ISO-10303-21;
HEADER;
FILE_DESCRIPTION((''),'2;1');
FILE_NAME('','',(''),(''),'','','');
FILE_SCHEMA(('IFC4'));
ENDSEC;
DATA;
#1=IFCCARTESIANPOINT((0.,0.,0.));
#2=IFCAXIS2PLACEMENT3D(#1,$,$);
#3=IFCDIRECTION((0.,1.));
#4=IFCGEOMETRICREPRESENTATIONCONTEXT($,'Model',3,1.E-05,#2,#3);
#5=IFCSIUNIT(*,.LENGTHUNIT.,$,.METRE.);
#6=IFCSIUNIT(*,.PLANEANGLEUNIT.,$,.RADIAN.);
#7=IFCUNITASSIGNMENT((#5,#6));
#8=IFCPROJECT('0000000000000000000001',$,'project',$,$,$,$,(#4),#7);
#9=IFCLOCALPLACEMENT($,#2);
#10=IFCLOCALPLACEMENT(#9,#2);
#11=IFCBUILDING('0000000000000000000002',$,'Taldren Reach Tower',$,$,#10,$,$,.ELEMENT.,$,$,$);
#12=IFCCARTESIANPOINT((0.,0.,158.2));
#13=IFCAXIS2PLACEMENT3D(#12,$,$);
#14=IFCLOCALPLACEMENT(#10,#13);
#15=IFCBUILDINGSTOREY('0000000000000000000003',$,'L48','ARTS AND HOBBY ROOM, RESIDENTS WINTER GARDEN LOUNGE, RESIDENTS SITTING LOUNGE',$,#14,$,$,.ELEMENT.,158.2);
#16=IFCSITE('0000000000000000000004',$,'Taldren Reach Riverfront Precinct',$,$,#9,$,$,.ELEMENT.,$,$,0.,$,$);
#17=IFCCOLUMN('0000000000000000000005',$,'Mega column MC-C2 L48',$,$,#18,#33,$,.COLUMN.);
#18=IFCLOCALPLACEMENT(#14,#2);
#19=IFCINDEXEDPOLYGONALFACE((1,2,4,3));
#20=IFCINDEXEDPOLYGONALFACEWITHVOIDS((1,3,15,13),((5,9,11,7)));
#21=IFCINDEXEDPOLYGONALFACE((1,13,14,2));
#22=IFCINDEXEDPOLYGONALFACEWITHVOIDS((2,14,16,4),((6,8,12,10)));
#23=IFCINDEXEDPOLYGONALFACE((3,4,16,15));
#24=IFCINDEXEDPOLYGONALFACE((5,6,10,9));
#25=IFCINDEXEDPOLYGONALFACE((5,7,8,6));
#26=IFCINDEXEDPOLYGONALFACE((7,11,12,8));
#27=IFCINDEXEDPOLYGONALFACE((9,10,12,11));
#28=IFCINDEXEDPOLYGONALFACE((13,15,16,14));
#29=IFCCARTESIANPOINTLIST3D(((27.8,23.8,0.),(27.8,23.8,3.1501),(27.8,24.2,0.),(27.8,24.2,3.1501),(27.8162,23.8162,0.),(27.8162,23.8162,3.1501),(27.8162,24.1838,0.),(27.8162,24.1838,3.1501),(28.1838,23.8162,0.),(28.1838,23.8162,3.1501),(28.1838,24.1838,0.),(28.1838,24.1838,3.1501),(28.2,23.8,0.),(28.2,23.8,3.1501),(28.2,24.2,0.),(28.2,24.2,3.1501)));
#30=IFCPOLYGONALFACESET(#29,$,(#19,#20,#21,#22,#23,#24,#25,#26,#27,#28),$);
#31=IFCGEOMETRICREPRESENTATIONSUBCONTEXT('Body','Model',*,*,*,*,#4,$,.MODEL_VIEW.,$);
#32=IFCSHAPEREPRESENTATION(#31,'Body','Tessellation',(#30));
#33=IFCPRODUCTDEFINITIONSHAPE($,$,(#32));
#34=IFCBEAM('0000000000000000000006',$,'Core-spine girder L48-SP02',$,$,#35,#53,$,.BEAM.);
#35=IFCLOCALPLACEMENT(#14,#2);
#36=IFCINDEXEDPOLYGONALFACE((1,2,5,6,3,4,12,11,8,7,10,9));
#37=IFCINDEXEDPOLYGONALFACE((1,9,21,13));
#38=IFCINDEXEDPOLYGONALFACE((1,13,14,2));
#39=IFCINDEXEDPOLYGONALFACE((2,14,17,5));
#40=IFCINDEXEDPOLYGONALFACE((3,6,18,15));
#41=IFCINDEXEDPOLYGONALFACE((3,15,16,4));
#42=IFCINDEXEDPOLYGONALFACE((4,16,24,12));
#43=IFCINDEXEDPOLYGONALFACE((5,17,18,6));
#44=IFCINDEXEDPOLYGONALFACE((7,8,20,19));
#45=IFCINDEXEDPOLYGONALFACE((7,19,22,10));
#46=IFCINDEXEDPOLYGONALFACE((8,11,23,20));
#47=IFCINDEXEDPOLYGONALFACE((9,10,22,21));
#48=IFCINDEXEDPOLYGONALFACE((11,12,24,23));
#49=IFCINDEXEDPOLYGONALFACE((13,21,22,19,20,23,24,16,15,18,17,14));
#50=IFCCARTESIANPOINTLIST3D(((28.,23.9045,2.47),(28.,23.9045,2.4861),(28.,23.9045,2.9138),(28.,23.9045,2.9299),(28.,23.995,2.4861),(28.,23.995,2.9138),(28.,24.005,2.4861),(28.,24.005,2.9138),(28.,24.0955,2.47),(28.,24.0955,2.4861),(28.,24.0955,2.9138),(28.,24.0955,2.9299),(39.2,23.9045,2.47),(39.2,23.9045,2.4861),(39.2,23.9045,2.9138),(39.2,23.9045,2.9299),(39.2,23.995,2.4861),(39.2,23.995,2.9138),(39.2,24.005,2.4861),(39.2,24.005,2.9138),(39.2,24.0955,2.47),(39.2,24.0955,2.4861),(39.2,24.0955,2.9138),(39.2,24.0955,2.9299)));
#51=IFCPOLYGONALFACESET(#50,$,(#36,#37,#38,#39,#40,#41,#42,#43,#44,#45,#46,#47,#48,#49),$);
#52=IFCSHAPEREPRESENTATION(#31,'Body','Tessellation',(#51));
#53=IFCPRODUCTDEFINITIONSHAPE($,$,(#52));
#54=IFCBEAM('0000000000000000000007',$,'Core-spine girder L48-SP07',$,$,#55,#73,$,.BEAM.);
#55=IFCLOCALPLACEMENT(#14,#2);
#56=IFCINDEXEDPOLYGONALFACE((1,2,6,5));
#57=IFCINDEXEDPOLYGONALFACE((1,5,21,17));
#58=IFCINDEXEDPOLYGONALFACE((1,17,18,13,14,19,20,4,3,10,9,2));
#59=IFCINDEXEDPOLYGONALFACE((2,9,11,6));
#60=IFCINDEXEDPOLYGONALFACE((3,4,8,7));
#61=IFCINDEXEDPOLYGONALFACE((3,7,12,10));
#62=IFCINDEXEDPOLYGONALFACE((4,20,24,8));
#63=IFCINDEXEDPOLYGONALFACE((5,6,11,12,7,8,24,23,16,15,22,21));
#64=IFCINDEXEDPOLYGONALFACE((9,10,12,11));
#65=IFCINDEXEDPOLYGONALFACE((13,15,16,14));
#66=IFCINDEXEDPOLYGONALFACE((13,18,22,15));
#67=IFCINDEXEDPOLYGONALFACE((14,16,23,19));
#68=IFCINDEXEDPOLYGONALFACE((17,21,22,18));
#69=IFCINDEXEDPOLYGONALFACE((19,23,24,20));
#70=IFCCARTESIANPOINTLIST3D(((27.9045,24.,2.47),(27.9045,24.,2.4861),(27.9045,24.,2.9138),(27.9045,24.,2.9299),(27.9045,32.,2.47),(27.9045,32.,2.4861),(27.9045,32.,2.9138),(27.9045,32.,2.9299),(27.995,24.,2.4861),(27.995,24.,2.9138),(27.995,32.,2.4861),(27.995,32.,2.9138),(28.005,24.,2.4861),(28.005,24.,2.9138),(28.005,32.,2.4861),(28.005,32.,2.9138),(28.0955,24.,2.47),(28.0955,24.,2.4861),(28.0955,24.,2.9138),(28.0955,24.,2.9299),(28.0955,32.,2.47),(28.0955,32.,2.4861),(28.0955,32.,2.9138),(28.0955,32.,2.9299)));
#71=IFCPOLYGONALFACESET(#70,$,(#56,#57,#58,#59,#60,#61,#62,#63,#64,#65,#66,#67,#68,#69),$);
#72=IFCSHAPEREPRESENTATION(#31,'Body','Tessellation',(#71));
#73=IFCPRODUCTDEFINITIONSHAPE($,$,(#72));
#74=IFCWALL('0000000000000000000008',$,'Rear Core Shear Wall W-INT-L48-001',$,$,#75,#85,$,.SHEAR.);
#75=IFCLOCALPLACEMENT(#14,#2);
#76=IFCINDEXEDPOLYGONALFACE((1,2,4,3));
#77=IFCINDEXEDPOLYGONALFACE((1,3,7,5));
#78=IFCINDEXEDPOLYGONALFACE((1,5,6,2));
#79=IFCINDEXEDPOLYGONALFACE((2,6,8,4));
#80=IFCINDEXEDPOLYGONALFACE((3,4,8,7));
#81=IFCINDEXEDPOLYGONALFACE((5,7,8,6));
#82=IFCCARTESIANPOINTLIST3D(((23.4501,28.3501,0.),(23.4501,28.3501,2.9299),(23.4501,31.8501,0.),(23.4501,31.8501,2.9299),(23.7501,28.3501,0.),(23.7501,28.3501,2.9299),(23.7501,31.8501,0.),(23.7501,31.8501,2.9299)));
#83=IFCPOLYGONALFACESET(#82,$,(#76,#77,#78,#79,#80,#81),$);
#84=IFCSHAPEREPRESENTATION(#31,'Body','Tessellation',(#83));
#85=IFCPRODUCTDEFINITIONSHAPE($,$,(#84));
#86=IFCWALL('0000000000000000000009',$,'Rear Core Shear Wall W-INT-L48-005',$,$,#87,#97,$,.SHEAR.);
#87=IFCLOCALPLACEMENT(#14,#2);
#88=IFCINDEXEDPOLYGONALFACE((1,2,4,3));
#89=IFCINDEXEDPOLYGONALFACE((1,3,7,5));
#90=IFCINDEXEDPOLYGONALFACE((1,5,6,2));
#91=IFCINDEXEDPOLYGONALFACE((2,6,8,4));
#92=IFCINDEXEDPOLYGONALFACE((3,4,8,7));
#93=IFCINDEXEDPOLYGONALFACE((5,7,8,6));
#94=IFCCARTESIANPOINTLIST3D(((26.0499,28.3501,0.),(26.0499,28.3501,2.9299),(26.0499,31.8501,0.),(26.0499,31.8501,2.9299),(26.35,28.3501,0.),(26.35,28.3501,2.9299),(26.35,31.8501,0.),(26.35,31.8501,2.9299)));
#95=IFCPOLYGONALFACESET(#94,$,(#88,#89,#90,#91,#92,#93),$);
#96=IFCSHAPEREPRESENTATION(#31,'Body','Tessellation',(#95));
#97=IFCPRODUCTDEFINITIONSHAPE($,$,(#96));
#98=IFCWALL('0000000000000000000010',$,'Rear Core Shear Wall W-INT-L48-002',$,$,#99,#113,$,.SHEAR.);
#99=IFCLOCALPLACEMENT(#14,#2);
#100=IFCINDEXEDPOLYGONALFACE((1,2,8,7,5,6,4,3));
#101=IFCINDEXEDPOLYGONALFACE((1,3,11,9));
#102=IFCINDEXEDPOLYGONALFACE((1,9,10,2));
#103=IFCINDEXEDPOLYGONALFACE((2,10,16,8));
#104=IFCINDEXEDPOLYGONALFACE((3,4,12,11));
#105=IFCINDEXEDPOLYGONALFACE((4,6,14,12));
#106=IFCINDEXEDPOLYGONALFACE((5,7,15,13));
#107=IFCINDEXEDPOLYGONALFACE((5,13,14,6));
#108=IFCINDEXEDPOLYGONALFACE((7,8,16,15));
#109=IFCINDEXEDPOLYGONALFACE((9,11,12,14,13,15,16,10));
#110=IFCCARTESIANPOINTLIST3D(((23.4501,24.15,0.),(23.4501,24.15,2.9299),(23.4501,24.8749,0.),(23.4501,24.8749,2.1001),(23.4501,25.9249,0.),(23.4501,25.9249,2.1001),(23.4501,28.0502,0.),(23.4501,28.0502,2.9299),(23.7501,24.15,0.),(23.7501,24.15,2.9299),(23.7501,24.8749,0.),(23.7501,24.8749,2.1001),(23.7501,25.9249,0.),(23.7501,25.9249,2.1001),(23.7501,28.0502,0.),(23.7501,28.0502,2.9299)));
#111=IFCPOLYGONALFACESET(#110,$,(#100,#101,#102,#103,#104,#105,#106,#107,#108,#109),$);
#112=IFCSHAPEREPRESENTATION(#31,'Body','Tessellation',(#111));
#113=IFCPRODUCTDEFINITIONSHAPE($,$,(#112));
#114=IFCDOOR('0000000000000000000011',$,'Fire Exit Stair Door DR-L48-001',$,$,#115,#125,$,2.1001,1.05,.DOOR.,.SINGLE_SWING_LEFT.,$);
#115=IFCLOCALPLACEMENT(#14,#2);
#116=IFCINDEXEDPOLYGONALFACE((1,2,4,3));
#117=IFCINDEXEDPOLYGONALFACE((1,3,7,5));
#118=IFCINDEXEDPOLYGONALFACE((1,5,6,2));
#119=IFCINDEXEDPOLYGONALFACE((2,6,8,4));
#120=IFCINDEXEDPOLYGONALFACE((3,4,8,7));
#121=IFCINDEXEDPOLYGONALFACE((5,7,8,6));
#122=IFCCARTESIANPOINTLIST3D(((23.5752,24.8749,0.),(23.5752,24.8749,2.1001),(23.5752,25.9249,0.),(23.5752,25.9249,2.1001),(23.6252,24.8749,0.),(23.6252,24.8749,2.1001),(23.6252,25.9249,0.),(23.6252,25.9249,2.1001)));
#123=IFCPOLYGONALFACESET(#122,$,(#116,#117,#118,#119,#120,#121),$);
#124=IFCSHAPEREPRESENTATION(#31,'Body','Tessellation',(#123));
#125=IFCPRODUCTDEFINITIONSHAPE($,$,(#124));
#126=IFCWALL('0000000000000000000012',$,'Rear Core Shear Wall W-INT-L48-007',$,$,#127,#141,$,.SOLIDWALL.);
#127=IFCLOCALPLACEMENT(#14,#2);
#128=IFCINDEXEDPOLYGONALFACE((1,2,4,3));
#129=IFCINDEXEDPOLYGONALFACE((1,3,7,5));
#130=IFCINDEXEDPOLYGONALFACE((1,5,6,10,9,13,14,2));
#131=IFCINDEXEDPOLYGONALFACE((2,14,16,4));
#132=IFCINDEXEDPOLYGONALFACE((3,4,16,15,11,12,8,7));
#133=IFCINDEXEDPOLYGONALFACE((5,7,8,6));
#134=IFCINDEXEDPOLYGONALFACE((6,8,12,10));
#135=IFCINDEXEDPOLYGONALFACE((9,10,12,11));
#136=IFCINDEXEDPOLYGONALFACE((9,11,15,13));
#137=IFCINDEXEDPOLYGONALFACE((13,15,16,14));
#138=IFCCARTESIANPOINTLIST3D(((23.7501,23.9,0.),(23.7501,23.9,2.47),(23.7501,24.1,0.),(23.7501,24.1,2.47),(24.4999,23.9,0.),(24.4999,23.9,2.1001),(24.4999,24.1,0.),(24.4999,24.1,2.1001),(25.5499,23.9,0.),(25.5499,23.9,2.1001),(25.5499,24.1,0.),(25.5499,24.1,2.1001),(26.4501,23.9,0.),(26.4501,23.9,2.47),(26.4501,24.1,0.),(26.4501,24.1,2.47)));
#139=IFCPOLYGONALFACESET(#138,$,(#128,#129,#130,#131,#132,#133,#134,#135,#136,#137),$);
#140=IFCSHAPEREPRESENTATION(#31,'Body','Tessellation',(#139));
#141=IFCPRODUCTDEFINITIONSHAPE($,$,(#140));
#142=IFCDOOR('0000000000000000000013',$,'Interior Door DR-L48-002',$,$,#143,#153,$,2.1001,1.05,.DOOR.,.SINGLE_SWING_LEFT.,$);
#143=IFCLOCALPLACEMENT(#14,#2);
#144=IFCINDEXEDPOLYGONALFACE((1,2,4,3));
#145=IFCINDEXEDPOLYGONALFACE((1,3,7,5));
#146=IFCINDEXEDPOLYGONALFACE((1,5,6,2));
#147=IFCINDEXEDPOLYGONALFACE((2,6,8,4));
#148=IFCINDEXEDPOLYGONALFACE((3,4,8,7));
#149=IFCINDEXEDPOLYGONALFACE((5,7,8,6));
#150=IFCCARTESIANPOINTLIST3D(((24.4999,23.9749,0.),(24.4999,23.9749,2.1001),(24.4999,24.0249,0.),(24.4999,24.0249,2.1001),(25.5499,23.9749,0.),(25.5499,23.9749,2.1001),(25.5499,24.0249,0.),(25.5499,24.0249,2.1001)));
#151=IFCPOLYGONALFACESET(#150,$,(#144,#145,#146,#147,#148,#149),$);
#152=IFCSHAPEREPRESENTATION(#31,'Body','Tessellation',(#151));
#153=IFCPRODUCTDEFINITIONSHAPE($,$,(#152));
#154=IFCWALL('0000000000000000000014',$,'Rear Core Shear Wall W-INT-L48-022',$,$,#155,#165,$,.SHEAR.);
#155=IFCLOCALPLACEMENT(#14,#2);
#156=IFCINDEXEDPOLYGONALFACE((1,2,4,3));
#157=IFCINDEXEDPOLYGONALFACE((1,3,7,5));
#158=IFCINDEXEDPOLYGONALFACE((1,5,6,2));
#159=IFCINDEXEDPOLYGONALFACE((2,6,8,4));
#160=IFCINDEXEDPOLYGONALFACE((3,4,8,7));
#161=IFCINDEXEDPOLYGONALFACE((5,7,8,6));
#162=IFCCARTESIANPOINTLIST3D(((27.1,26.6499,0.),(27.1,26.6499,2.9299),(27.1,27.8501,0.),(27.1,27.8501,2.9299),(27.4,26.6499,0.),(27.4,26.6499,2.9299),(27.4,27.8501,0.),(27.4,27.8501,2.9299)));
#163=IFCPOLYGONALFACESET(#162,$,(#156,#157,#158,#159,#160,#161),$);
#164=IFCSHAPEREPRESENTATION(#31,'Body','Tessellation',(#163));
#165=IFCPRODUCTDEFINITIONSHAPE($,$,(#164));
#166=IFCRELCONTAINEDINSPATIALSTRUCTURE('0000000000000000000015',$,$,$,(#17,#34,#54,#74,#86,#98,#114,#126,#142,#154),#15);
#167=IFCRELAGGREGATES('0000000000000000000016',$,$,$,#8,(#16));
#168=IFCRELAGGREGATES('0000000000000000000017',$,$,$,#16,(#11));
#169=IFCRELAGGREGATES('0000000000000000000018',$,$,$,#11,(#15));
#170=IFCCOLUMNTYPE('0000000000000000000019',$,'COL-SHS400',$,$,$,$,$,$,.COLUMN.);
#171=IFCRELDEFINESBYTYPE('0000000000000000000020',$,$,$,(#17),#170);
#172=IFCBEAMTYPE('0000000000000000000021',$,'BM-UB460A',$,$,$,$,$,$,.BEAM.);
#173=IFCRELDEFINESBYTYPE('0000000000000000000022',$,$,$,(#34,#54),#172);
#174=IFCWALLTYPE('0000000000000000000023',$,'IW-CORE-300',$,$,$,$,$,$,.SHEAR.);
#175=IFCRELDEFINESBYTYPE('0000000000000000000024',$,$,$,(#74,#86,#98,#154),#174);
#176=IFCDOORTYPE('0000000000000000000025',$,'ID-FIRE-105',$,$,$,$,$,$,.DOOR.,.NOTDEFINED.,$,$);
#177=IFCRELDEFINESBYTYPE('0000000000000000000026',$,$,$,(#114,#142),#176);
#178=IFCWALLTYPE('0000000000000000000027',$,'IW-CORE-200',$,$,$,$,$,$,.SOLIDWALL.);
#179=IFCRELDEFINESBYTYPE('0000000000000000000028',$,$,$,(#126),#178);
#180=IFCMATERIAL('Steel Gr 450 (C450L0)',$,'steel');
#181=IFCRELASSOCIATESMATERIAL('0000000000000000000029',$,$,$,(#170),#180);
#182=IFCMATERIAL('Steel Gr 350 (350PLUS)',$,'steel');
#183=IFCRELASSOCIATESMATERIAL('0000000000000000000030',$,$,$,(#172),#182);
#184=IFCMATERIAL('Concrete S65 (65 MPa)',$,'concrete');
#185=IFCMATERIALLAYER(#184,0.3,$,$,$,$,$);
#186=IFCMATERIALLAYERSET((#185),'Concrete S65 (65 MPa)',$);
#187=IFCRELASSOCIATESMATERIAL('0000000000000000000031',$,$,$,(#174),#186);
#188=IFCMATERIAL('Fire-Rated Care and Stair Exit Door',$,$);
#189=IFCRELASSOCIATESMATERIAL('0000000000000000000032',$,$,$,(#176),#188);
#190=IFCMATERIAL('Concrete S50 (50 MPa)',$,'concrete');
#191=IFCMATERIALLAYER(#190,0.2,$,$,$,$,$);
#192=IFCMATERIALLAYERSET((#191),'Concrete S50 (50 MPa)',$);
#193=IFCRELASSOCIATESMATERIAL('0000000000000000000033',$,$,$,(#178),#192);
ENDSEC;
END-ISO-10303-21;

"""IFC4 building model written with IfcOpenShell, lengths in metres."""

from ifc_helpers import new_model, si_unit, direction, frame, frame_2d, origin, origin_2d, place, context, subcontext, project, spatial, rectangle, hollow_rectangle, i_section, extrude, source, transform, mapped, material, layer, layer_set, material_profile, profile_set, type_object, element, fill, save


model = new_model("IFC4")

# Units and contexts
model_context = context("Model", 3, precision=1e-05, world=origin(), true_north=direction((0.0, 1.0)))
body_context = subcontext(model_context, "Body", "Model", "MODEL_VIEW")
ifc_project = project(units=[si_unit("LENGTHUNIT", "METRE"), si_unit("PLANEANGLEUNIT", "RADIAN")], contexts=[model_context])

# Site, building, storey
site_placement = place(None, origin())
site = spatial("IfcSite", under=ifc_project, at=site_placement, Name="Taldren Reach Riverfront Precinct", CompositionType="ELEMENT", RefElevation=0.0)
building_placement = place(site_placement, origin())
building = spatial("IfcBuilding", under=site, at=building_placement, Name="Taldren Reach Tower", CompositionType="ELEMENT")
storey_placement = place(building_placement, frame((0.0, 0.0, 158.2)))
storey = spatial("IfcBuildingStorey", under=building, at=storey_placement, Name="L48", Description="ARTS AND HOBBY ROOM, RESIDENTS WINTER GARDEN LOUNGE, RESIDENTS SITTING LOUNGE", CompositionType="ELEMENT", Elevation=158.2)

# Column
ifc_material_1 = material(Name="Steel Gr 450 (C450L0)", Category="steel")
ifc_material_profile_1 = material_profile(ifc_material_1, hollow_rectangle(XDim=0.3999, YDim=0.3999, WallThickness=0.0161, at=origin_2d()), Name="400x400x16.0SHS")
ifc_profile_set_1 = profile_set([ifc_material_profile_1], Name="Steel Gr 450 (C450L0)")
column_type = type_object("IfcColumnType", Name="COL-SHS400", PredefinedType="COLUMN", material=ifc_profile_set_1)
shared_shape_1 = source(origin(), body_context, "Body", "SweptSolid", [
    extrude(hollow_rectangle(XDim=0.3999, YDim=0.3999, WallThickness=0.0161, at=origin_2d()), origin(), (0.0, 0.0, 1.0), 3.1501),
])
column_placement = place(storey_placement, frame((28.0, 24.0, 0.0), z_axis=(0.0, 0.0, 1.0), x_axis=(1.0, 0.0, 0.0)))
element("IfcColumn", 1, at=column_placement, inside=storey, type_object=column_type, Name="Mega column MC-C2 L48", PredefinedType="COLUMN", context=body_context, shape_type="MappedRepresentation", body=[
    mapped(shared_shape_1, transform((0.0, 0.0, 0.0), scale=1.0)),
])

# Beams
ifc_material_2 = material(Name="Steel Gr 350 (350PLUS)", Category="steel")
ifc_material_profile_2 = material_profile(ifc_material_2, i_section(OverallWidth=0.1909, OverallDepth=0.46, WebThickness=0.01, FlangeThickness=0.0161, at=origin_2d()), Name="460UB82.1")
ifc_profile_set_2 = profile_set([ifc_material_profile_2], Name="Steel Gr 350 (350PLUS)")
beam_type = type_object("IfcBeamType", Name="BM-UB460A", PredefinedType="BEAM", material=ifc_profile_set_2)
shared_shape_2 = source(origin(), body_context, "Body", "SweptSolid", [
    extrude(i_section(OverallWidth=0.1909, OverallDepth=0.46, WebThickness=0.01, FlangeThickness=0.0161, at=origin_2d()), origin(), (0.0, 0.0, 1.0), 11.2),
])
beam_1_placement = place(storey_placement, frame((28.0, 24.0, 2.7), z_axis=(1.0, 0.0, 0.0), x_axis=(0.0, 1.0, 0.0)))
element("IfcBeam", 2, at=beam_1_placement, inside=storey, type_object=beam_type, Name="Core-spine girder L48-SP02", PredefinedType="BEAM", context=body_context, shape_type="MappedRepresentation", body=[
    mapped(shared_shape_2, transform((0.0, 0.0, 0.0), scale=1.0)),
])
shared_shape_3 = source(origin(), body_context, "Body", "SweptSolid", [
    extrude(i_section(OverallWidth=0.1909, OverallDepth=0.46, WebThickness=0.01, FlangeThickness=0.0161, at=origin_2d()), origin(), (0.0, 0.0, 1.0), 8.0),
])
beam_2_placement = place(storey_placement, frame((28.0, 24.0, 2.7), z_axis=(0.0, 1.0, 0.0), x_axis=(-1.0, 0.0, 0.0)))
element("IfcBeam", 3, at=beam_2_placement, inside=storey, type_object=beam_type, Name="Core-spine girder L48-SP07", PredefinedType="BEAM", context=body_context, shape_type="MappedRepresentation", body=[
    mapped(shared_shape_3, transform((0.0, 0.0, 0.0), scale=1.0)),
])

# Walls
ifc_material_3 = material(Name="Concrete S65 (65 MPa)", Category="concrete")
ifc_layer_1 = layer(ifc_material_3, 0.3)
ifc_layer_set_1 = layer_set([ifc_layer_1], Name="Concrete S65 (65 MPa)")
wall_type_1 = type_object("IfcWallType", Name="IW-CORE-300", PredefinedType="SHEAR", material=ifc_layer_set_1)
shared_shape_4 = source(origin(), body_context, "Body", "SweptSolid", [
    extrude(rectangle(XDim=3.5, YDim=0.3, at=frame_2d((1.75, 0.0))), origin(), (0.0, 0.0, 1.0), 2.9299),
])
for number, where, z_axis, x_axis, name in (
    (4, (23.6001, 28.3501, 0.0), (0.0, 0.0, 1.0), (0.0, 1.0, 0.0), "Rear Core Shear Wall W-INT-L48-001"),
    (5, (26.2, 28.3501, 0.0), (0.0, 0.0, 1.0), (0.0, 1.0, 0.0), "Rear Core Shear Wall W-INT-L48-005"),
):
    element("IfcWall", number, at=place(storey_placement, frame(where, z_axis=z_axis, x_axis=x_axis)), inside=storey, type_object=wall_type_1, Name=name, PredefinedType="SHEAR", context=body_context, shape_type="MappedRepresentation", body=[
        mapped(shared_shape_4, transform((0.0, 0.0, 0.0), scale=1.0)),
    ])

# Walls, openings, doors
shared_shape_5 = source(origin(), body_context, "Body", "SweptSolid", [
    extrude(rectangle(XDim=3.9001, YDim=0.3, at=frame_2d((1.9502, 0.0))), origin(), (0.0, 0.0, 1.0), 2.9299),
])
wall_1_placement = place(storey_placement, frame((23.6001, 24.1499, 0.0), z_axis=(0.0, 0.0, 1.0), x_axis=(0.0, 1.0, 0.0)))
wall_1 = element("IfcWall", 6, at=wall_1_placement, inside=storey, type_object=wall_type_1, Name="Rear Core Shear Wall W-INT-L48-002", PredefinedType="SHEAR", context=body_context, shape_type="MappedRepresentation", body=[
    mapped(shared_shape_5, transform((0.0, 0.0, 0.0), scale=1.0)),
])
shared_shape_6 = source(origin(), body_context, "Body", "SweptSolid", [
    extrude(rectangle(XDim=1.05, YDim=2.1001, at=frame_2d((0.5249, 1.05))), frame((0.0, 0.1602, 0.0), z_axis=(0.0, -1.0, 0.0), x_axis=(1.0, 0.0, 0.0)), (0.0, 0.0, 1.0), 0.3201),
])
opening_1_placement = place(wall_1_placement, frame((0.7251, 0.0, 0.0)))
opening_1 = element("IfcOpeningElement", 7, at=opening_1_placement, cuts=wall_1, PredefinedType="OPENING", context=body_context, shape_type="MappedRepresentation", body=[
    mapped(shared_shape_6, transform((0.0, 0.0, 0.0), scale=1.0)),
])
ifc_material_4 = material(Name="Fire-Rated Care and Stair Exit Door")
door_type_1 = type_object("IfcDoorType", Name="ID-FIRE-105", OperationType="NOTDEFINED", PredefinedType="DOOR", material=ifc_material_4)
shared_shape_7 = source(origin(), body_context, "Body", "SweptSolid", [
    extrude(rectangle(XDim=1.05, YDim=2.1001, at=frame_2d((0.5249, 1.05))), frame((0.0, 0.0249, 0.0), z_axis=(0.0, -1.0, 0.0), x_axis=(1.0, 0.0, 0.0)), (0.0, 0.0, 1.0), 0.05),
])
door_1_placement = place(opening_1_placement, origin())
door_1 = element("IfcDoor", 8, at=door_1_placement, inside=storey, type_object=door_type_1, Name="Fire Exit Stair Door DR-L48-001", OperationType="SINGLE_SWING_LEFT", OverallHeight=2.1001, OverallWidth=1.05, PredefinedType="DOOR", context=body_context, shape_type="MappedRepresentation", body=[
    mapped(shared_shape_7, transform((0.0, 0.0, 0.0), scale=1.0)),
])
fill(opening_1, door_1)
ifc_material_5 = material(Name="Concrete S50 (50 MPa)", Category="concrete")
ifc_layer_2 = layer(ifc_material_5, 0.2)
ifc_layer_set_2 = layer_set([ifc_layer_2], Name="Concrete S50 (50 MPa)")
wall_type_2 = type_object("IfcWallType", Name="IW-CORE-200", PredefinedType="SOLIDWALL", material=ifc_layer_set_2)
shared_shape_8 = source(origin(), body_context, "Body", "SweptSolid", [
    extrude(rectangle(XDim=2.7, YDim=0.2, at=frame_2d((1.3501, 0.0))), origin(), (0.0, 0.0, 1.0), 2.47),
])
wall_2_placement = place(storey_placement, frame((23.75, 24.0, 0.0), z_axis=(0.0, 0.0, 1.0), x_axis=(1.0, 0.0, 0.0)))
wall_2 = element("IfcWall", 9, at=wall_2_placement, inside=storey, type_object=wall_type_2, Name="Rear Core Shear Wall W-INT-L48-007", PredefinedType="SOLIDWALL", context=body_context, shape_type="MappedRepresentation", body=[
    mapped(shared_shape_8, transform((0.0, 0.0, 0.0), scale=1.0)),
])
shared_shape_9 = source(origin(), body_context, "Body", "SweptSolid", [
    extrude(rectangle(XDim=1.05, YDim=2.1001, at=frame_2d((0.5249, 1.05))), frame((0.0, 0.1099, 0.0), z_axis=(0.0, -1.0, 0.0), x_axis=(1.0, 0.0, 0.0)), (0.0, 0.0, 1.0), 0.22),
])
opening_2_placement = place(wall_2_placement, frame((0.75, 0.0, 0.0)))
opening_2 = element("IfcOpeningElement", 10, at=opening_2_placement, cuts=wall_2, PredefinedType="OPENING", context=body_context, shape_type="MappedRepresentation", body=[
    mapped(shared_shape_9, transform((0.0, 0.0, 0.0), scale=1.0)),
])
door_2_placement = place(opening_2_placement, origin())
door_2 = element("IfcDoor", 11, at=door_2_placement, inside=storey, type_object=door_type_1, Name="Interior Door DR-L48-002", OperationType="SINGLE_SWING_LEFT", OverallHeight=2.1001, OverallWidth=1.05, PredefinedType="DOOR", context=body_context, shape_type="MappedRepresentation", body=[
    mapped(shared_shape_7, transform((0.0, 0.0, 0.0), scale=1.0)),
])
fill(opening_2, door_2)

# Wall
shared_shape_10 = source(origin(), body_context, "Body", "SweptSolid", [
    extrude(rectangle(XDim=1.2002, YDim=0.3, at=frame_2d((0.6001, 0.0))), origin(), (0.0, 0.0, 1.0), 2.9299),
])
wall_3_placement = place(storey_placement, frame((27.25, 27.8501, 0.0), z_axis=(0.0, 0.0, 1.0), x_axis=(0.0, -1.0, 0.0)))
element("IfcWall", 12, at=wall_3_placement, inside=storey, type_object=wall_type_1, Name="Rear Core Shear Wall W-INT-L48-022", PredefinedType="SHEAR", context=body_context, shape_type="MappedRepresentation", body=[
    mapped(shared_shape_10, transform((0.0, 0.0, 0.0), scale=1.0)),
])

save(model, "model.ifc")
